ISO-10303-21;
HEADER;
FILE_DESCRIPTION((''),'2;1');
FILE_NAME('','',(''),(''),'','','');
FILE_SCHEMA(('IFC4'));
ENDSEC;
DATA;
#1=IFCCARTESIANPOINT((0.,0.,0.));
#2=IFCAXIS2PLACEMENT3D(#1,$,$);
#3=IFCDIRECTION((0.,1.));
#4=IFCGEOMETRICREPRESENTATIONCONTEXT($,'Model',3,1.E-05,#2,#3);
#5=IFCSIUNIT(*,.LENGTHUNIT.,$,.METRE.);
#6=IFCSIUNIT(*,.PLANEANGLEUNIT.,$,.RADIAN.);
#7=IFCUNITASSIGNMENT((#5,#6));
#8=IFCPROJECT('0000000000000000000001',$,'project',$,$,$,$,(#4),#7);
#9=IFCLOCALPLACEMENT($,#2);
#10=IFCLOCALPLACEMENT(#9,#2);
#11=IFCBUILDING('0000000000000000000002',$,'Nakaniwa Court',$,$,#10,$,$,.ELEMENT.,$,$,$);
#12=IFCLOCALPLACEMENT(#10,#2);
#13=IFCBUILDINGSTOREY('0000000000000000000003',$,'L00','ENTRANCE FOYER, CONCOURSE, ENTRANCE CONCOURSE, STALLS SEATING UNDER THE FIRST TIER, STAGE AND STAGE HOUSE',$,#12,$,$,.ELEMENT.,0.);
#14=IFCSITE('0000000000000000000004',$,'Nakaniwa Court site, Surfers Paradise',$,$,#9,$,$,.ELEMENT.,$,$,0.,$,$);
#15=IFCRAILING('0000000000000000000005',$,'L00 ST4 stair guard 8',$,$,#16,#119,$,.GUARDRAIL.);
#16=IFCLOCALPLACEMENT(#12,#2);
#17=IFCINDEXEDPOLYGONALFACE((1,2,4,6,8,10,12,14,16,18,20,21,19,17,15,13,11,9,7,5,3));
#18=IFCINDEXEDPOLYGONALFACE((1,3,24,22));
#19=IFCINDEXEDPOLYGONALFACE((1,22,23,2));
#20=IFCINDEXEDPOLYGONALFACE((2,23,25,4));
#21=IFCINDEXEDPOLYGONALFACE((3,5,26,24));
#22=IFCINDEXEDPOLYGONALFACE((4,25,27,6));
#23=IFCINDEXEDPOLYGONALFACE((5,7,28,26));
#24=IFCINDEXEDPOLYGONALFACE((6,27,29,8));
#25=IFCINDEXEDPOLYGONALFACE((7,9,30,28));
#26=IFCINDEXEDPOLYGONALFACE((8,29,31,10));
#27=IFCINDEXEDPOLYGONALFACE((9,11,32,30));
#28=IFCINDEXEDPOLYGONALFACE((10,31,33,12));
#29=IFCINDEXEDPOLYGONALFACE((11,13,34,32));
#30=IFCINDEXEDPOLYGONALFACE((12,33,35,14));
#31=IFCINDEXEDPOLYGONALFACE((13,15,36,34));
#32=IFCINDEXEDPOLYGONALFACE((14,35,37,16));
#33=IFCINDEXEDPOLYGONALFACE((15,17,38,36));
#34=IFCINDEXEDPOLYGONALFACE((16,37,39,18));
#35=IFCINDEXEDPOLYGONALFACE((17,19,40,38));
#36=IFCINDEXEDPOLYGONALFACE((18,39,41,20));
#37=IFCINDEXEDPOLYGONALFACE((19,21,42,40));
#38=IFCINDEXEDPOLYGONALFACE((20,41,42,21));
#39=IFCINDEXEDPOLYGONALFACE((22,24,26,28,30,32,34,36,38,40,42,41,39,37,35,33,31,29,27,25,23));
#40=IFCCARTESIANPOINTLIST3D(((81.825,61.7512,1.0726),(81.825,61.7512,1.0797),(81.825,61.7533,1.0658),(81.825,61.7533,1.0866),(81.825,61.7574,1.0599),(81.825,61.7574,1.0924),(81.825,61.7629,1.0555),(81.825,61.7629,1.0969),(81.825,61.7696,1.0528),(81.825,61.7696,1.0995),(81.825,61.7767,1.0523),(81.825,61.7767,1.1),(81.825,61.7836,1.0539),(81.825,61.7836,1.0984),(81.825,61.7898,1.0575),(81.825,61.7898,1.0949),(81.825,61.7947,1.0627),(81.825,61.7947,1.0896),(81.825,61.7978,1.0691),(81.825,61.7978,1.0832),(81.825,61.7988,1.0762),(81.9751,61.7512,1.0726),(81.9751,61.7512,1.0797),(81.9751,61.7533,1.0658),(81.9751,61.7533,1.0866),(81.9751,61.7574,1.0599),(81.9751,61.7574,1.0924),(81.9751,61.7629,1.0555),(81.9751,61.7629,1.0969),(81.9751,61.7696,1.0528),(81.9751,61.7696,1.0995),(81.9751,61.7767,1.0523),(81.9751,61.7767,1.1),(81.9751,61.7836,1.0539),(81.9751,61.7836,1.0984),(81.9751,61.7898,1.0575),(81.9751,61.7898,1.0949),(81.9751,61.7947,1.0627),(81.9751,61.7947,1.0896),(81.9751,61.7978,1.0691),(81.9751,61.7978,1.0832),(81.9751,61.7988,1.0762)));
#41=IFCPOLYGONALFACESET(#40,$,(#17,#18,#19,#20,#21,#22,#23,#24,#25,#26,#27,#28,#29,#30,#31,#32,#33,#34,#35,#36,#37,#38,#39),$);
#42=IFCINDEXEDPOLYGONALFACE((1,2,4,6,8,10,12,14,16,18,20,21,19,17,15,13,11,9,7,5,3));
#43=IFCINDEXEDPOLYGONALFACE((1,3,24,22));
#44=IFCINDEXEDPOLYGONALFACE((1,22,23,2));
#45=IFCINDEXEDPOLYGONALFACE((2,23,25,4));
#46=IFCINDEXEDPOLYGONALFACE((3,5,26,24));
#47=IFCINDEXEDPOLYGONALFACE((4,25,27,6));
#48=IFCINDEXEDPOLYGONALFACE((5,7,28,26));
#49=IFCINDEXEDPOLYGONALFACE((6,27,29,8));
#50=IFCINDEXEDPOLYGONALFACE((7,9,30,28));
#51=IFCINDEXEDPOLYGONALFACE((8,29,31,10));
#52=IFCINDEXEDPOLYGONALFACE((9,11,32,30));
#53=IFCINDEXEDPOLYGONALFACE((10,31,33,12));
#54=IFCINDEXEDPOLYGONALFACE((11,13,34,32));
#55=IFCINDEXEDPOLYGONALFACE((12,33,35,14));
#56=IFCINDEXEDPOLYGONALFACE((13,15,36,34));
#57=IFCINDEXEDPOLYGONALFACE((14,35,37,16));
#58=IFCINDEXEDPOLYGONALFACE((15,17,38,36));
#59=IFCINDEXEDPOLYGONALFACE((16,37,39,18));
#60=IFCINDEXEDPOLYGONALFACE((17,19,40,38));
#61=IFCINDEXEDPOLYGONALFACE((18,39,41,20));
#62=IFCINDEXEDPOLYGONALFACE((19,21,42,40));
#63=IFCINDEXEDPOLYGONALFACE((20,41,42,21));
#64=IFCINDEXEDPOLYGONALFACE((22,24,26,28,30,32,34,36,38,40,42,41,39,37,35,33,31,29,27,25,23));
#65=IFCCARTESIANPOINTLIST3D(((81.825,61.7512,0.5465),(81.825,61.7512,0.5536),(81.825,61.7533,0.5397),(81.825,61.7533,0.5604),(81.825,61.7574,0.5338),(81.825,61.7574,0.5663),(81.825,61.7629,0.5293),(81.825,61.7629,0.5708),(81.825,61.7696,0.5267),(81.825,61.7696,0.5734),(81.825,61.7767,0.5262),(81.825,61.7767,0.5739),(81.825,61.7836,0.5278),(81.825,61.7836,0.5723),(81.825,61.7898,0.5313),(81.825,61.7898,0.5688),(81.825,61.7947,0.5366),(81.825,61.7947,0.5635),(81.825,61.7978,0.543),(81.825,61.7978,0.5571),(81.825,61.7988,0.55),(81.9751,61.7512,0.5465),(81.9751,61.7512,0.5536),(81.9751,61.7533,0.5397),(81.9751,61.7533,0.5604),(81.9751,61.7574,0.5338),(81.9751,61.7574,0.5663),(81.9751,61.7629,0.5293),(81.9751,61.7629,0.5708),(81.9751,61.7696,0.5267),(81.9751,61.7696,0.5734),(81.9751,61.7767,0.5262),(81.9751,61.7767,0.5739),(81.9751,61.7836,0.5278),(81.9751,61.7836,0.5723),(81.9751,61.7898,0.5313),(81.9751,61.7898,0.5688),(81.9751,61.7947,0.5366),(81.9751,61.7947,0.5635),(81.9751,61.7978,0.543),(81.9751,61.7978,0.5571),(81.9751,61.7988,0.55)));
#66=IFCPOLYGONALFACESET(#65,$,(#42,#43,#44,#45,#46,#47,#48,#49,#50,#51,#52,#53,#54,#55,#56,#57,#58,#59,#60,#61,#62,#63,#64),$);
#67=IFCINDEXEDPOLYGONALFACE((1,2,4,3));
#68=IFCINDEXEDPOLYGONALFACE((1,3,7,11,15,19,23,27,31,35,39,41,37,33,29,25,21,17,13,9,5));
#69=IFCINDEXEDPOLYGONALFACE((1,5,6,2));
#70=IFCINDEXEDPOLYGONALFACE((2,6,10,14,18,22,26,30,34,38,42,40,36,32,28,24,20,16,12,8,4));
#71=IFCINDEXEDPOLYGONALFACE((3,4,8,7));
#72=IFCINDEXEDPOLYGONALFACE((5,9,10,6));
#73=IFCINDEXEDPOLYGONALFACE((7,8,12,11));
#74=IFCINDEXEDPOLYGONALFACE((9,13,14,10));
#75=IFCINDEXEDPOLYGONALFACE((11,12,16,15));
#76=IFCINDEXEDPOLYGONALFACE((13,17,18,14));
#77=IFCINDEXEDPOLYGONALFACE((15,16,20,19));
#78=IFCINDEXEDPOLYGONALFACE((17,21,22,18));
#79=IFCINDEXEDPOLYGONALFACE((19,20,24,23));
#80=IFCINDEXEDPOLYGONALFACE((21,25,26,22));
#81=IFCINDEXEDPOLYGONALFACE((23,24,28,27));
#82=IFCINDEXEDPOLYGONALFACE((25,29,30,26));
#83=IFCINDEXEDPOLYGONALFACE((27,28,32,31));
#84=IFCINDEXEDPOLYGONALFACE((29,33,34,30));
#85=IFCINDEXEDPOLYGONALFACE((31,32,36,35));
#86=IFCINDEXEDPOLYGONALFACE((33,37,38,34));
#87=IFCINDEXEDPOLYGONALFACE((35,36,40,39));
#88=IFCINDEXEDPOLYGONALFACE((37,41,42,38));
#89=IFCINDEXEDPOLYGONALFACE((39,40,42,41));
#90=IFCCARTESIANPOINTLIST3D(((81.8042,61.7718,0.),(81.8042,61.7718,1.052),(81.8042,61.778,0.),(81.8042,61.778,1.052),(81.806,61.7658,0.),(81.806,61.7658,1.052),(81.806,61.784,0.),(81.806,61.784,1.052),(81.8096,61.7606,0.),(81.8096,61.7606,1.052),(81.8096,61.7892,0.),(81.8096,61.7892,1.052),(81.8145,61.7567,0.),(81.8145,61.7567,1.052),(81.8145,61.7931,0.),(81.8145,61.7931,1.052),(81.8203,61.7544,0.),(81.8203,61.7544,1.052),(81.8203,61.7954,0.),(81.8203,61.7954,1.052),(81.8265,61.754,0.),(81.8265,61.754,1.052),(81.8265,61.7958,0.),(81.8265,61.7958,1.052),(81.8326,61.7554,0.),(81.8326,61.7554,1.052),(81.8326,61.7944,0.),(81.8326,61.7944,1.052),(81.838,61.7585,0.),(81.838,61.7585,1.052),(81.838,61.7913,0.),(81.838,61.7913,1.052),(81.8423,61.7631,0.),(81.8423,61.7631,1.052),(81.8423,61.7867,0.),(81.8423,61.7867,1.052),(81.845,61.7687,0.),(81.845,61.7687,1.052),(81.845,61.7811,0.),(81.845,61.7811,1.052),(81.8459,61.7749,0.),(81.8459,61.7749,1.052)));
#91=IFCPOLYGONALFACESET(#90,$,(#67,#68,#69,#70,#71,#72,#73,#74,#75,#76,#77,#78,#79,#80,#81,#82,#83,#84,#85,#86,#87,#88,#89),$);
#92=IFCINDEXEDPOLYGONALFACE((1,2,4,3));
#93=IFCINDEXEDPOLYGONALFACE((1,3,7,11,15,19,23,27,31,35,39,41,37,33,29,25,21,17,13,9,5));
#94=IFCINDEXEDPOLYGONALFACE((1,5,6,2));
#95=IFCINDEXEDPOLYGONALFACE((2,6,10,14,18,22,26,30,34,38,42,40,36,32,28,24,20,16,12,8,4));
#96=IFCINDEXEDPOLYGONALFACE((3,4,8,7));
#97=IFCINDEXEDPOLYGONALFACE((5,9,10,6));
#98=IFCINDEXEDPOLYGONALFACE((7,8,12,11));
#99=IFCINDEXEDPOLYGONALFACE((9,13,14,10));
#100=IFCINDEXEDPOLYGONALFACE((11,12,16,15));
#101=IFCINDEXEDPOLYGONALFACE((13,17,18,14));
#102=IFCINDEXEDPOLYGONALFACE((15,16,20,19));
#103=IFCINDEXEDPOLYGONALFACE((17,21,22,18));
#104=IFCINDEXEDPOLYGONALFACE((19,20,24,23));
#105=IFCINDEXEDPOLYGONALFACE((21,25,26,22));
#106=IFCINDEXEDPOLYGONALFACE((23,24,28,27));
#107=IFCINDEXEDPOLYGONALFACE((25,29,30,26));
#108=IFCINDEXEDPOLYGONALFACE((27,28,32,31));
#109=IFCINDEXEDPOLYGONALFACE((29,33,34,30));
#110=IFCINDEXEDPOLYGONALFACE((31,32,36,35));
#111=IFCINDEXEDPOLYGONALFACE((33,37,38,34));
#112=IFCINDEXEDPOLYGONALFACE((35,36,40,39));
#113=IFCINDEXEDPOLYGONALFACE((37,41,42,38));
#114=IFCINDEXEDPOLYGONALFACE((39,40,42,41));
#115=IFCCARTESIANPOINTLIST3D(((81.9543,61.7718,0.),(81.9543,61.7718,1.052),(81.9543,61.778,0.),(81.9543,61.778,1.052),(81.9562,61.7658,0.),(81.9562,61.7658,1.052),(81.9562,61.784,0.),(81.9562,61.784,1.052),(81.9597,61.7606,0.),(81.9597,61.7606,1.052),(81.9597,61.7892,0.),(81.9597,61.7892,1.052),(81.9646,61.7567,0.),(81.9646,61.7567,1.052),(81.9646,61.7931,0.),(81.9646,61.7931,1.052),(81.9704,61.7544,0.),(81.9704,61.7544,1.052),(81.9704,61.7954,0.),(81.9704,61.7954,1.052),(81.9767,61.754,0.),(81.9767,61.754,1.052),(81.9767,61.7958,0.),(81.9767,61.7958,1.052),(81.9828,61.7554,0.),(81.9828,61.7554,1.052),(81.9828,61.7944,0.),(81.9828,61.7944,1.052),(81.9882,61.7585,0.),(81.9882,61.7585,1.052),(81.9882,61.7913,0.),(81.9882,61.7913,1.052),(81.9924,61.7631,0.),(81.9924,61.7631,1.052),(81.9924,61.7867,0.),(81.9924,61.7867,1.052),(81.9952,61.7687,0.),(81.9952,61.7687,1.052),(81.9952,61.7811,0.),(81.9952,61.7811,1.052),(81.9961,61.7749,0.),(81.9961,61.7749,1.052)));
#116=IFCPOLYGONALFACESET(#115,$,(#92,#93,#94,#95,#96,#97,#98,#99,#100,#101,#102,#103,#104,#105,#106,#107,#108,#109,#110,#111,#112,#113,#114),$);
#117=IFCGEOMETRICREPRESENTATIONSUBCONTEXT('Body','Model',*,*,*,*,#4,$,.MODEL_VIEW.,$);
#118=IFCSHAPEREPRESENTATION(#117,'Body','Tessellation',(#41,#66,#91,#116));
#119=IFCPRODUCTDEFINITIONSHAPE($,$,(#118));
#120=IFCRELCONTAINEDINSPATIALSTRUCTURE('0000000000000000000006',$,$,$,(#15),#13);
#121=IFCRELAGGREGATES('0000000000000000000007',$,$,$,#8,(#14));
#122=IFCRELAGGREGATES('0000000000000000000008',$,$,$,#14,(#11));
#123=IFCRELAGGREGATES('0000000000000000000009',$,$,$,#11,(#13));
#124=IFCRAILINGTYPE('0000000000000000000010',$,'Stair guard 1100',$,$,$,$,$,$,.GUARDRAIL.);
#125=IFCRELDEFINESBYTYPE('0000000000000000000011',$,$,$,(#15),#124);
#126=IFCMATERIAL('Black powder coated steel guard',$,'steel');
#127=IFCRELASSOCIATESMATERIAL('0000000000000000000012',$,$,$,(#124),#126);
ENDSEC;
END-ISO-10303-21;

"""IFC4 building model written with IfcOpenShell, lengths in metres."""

from ifc_helpers import new_model, si_unit, direction, frame, origin, origin_2d, place, context, subcontext, project, spatial, circle, extrude, material, type_object, element, save


model = new_model("IFC4")

# Units and contexts
model_context = context("Model", 3, precision=1e-05, world=origin(), true_north=direction((0.0, 1.0)))
body_context = subcontext(model_context, "Body", "Model", "MODEL_VIEW")
ifc_project = project(units=[si_unit("LENGTHUNIT", "METRE"), si_unit("PLANEANGLEUNIT", "RADIAN")], contexts=[model_context])

# Site, building, storey
site_placement = place(None, origin())
site = spatial("IfcSite", under=ifc_project, at=site_placement, Name="Nakaniwa Court site, Surfers Paradise", CompositionType="ELEMENT", RefElevation=0.0)
building_placement = place(site_placement, origin())
building = spatial("IfcBuilding", under=site, at=building_placement, Name="Nakaniwa Court", CompositionType="ELEMENT")
storey_placement = place(building_placement, origin())
storey = spatial("IfcBuildingStorey", under=building, at=storey_placement, Name="L00", Description="ENTRANCE FOYER, CONCOURSE, ENTRANCE CONCOURSE, STALLS SEATING UNDER THE FIRST TIER, STAGE AND STAGE HOUSE", CompositionType="ELEMENT", Elevation=0.0)

# Railing
ifc_material_1 = material(Name="Black powder coated steel guard", Category="steel")
railing_type_1 = type_object("IfcRailingType", Name="Stair guard 1100", PredefinedType="GUARDRAIL", material=ifc_material_1)
railing_1_placement = place(storey_placement, frame((81.825, 61.7749, 0.0)))
element("IfcRailing", 1, at=railing_1_placement, inside=storey, type_object=railing_type_1, Name="L00 ST4 stair guard 8", PredefinedType="GUARDRAIL", context=body_context, shape_type="SweptSolid", body=[
    extrude(circle(Radius=0.0239, at=origin_2d()), frame((0.0, 0.0, 1.0762), z_axis=(1.0, 0.0, 0.0), x_axis=(0.0, 1.0, 0.0)), (0.0, 0.0, 1.0), 0.1501),
    extrude(circle(Radius=0.0239, at=origin_2d()), frame((0.0, 0.0, 0.55), z_axis=(1.0, 0.0, 0.0), x_axis=(0.0, 1.0, 0.0)), (0.0, 0.0, 1.0), 0.1501),
    extrude(circle(Radius=0.021, at=origin_2d()), origin(), (0.0, 0.0, 1.0), 1.052),
    extrude(circle(Radius=0.021, at=origin_2d()), frame((0.1501, 0.0, 0.0)), (0.0, 0.0, 1.0), 1.052),
])

save(model, "model.ifc")
